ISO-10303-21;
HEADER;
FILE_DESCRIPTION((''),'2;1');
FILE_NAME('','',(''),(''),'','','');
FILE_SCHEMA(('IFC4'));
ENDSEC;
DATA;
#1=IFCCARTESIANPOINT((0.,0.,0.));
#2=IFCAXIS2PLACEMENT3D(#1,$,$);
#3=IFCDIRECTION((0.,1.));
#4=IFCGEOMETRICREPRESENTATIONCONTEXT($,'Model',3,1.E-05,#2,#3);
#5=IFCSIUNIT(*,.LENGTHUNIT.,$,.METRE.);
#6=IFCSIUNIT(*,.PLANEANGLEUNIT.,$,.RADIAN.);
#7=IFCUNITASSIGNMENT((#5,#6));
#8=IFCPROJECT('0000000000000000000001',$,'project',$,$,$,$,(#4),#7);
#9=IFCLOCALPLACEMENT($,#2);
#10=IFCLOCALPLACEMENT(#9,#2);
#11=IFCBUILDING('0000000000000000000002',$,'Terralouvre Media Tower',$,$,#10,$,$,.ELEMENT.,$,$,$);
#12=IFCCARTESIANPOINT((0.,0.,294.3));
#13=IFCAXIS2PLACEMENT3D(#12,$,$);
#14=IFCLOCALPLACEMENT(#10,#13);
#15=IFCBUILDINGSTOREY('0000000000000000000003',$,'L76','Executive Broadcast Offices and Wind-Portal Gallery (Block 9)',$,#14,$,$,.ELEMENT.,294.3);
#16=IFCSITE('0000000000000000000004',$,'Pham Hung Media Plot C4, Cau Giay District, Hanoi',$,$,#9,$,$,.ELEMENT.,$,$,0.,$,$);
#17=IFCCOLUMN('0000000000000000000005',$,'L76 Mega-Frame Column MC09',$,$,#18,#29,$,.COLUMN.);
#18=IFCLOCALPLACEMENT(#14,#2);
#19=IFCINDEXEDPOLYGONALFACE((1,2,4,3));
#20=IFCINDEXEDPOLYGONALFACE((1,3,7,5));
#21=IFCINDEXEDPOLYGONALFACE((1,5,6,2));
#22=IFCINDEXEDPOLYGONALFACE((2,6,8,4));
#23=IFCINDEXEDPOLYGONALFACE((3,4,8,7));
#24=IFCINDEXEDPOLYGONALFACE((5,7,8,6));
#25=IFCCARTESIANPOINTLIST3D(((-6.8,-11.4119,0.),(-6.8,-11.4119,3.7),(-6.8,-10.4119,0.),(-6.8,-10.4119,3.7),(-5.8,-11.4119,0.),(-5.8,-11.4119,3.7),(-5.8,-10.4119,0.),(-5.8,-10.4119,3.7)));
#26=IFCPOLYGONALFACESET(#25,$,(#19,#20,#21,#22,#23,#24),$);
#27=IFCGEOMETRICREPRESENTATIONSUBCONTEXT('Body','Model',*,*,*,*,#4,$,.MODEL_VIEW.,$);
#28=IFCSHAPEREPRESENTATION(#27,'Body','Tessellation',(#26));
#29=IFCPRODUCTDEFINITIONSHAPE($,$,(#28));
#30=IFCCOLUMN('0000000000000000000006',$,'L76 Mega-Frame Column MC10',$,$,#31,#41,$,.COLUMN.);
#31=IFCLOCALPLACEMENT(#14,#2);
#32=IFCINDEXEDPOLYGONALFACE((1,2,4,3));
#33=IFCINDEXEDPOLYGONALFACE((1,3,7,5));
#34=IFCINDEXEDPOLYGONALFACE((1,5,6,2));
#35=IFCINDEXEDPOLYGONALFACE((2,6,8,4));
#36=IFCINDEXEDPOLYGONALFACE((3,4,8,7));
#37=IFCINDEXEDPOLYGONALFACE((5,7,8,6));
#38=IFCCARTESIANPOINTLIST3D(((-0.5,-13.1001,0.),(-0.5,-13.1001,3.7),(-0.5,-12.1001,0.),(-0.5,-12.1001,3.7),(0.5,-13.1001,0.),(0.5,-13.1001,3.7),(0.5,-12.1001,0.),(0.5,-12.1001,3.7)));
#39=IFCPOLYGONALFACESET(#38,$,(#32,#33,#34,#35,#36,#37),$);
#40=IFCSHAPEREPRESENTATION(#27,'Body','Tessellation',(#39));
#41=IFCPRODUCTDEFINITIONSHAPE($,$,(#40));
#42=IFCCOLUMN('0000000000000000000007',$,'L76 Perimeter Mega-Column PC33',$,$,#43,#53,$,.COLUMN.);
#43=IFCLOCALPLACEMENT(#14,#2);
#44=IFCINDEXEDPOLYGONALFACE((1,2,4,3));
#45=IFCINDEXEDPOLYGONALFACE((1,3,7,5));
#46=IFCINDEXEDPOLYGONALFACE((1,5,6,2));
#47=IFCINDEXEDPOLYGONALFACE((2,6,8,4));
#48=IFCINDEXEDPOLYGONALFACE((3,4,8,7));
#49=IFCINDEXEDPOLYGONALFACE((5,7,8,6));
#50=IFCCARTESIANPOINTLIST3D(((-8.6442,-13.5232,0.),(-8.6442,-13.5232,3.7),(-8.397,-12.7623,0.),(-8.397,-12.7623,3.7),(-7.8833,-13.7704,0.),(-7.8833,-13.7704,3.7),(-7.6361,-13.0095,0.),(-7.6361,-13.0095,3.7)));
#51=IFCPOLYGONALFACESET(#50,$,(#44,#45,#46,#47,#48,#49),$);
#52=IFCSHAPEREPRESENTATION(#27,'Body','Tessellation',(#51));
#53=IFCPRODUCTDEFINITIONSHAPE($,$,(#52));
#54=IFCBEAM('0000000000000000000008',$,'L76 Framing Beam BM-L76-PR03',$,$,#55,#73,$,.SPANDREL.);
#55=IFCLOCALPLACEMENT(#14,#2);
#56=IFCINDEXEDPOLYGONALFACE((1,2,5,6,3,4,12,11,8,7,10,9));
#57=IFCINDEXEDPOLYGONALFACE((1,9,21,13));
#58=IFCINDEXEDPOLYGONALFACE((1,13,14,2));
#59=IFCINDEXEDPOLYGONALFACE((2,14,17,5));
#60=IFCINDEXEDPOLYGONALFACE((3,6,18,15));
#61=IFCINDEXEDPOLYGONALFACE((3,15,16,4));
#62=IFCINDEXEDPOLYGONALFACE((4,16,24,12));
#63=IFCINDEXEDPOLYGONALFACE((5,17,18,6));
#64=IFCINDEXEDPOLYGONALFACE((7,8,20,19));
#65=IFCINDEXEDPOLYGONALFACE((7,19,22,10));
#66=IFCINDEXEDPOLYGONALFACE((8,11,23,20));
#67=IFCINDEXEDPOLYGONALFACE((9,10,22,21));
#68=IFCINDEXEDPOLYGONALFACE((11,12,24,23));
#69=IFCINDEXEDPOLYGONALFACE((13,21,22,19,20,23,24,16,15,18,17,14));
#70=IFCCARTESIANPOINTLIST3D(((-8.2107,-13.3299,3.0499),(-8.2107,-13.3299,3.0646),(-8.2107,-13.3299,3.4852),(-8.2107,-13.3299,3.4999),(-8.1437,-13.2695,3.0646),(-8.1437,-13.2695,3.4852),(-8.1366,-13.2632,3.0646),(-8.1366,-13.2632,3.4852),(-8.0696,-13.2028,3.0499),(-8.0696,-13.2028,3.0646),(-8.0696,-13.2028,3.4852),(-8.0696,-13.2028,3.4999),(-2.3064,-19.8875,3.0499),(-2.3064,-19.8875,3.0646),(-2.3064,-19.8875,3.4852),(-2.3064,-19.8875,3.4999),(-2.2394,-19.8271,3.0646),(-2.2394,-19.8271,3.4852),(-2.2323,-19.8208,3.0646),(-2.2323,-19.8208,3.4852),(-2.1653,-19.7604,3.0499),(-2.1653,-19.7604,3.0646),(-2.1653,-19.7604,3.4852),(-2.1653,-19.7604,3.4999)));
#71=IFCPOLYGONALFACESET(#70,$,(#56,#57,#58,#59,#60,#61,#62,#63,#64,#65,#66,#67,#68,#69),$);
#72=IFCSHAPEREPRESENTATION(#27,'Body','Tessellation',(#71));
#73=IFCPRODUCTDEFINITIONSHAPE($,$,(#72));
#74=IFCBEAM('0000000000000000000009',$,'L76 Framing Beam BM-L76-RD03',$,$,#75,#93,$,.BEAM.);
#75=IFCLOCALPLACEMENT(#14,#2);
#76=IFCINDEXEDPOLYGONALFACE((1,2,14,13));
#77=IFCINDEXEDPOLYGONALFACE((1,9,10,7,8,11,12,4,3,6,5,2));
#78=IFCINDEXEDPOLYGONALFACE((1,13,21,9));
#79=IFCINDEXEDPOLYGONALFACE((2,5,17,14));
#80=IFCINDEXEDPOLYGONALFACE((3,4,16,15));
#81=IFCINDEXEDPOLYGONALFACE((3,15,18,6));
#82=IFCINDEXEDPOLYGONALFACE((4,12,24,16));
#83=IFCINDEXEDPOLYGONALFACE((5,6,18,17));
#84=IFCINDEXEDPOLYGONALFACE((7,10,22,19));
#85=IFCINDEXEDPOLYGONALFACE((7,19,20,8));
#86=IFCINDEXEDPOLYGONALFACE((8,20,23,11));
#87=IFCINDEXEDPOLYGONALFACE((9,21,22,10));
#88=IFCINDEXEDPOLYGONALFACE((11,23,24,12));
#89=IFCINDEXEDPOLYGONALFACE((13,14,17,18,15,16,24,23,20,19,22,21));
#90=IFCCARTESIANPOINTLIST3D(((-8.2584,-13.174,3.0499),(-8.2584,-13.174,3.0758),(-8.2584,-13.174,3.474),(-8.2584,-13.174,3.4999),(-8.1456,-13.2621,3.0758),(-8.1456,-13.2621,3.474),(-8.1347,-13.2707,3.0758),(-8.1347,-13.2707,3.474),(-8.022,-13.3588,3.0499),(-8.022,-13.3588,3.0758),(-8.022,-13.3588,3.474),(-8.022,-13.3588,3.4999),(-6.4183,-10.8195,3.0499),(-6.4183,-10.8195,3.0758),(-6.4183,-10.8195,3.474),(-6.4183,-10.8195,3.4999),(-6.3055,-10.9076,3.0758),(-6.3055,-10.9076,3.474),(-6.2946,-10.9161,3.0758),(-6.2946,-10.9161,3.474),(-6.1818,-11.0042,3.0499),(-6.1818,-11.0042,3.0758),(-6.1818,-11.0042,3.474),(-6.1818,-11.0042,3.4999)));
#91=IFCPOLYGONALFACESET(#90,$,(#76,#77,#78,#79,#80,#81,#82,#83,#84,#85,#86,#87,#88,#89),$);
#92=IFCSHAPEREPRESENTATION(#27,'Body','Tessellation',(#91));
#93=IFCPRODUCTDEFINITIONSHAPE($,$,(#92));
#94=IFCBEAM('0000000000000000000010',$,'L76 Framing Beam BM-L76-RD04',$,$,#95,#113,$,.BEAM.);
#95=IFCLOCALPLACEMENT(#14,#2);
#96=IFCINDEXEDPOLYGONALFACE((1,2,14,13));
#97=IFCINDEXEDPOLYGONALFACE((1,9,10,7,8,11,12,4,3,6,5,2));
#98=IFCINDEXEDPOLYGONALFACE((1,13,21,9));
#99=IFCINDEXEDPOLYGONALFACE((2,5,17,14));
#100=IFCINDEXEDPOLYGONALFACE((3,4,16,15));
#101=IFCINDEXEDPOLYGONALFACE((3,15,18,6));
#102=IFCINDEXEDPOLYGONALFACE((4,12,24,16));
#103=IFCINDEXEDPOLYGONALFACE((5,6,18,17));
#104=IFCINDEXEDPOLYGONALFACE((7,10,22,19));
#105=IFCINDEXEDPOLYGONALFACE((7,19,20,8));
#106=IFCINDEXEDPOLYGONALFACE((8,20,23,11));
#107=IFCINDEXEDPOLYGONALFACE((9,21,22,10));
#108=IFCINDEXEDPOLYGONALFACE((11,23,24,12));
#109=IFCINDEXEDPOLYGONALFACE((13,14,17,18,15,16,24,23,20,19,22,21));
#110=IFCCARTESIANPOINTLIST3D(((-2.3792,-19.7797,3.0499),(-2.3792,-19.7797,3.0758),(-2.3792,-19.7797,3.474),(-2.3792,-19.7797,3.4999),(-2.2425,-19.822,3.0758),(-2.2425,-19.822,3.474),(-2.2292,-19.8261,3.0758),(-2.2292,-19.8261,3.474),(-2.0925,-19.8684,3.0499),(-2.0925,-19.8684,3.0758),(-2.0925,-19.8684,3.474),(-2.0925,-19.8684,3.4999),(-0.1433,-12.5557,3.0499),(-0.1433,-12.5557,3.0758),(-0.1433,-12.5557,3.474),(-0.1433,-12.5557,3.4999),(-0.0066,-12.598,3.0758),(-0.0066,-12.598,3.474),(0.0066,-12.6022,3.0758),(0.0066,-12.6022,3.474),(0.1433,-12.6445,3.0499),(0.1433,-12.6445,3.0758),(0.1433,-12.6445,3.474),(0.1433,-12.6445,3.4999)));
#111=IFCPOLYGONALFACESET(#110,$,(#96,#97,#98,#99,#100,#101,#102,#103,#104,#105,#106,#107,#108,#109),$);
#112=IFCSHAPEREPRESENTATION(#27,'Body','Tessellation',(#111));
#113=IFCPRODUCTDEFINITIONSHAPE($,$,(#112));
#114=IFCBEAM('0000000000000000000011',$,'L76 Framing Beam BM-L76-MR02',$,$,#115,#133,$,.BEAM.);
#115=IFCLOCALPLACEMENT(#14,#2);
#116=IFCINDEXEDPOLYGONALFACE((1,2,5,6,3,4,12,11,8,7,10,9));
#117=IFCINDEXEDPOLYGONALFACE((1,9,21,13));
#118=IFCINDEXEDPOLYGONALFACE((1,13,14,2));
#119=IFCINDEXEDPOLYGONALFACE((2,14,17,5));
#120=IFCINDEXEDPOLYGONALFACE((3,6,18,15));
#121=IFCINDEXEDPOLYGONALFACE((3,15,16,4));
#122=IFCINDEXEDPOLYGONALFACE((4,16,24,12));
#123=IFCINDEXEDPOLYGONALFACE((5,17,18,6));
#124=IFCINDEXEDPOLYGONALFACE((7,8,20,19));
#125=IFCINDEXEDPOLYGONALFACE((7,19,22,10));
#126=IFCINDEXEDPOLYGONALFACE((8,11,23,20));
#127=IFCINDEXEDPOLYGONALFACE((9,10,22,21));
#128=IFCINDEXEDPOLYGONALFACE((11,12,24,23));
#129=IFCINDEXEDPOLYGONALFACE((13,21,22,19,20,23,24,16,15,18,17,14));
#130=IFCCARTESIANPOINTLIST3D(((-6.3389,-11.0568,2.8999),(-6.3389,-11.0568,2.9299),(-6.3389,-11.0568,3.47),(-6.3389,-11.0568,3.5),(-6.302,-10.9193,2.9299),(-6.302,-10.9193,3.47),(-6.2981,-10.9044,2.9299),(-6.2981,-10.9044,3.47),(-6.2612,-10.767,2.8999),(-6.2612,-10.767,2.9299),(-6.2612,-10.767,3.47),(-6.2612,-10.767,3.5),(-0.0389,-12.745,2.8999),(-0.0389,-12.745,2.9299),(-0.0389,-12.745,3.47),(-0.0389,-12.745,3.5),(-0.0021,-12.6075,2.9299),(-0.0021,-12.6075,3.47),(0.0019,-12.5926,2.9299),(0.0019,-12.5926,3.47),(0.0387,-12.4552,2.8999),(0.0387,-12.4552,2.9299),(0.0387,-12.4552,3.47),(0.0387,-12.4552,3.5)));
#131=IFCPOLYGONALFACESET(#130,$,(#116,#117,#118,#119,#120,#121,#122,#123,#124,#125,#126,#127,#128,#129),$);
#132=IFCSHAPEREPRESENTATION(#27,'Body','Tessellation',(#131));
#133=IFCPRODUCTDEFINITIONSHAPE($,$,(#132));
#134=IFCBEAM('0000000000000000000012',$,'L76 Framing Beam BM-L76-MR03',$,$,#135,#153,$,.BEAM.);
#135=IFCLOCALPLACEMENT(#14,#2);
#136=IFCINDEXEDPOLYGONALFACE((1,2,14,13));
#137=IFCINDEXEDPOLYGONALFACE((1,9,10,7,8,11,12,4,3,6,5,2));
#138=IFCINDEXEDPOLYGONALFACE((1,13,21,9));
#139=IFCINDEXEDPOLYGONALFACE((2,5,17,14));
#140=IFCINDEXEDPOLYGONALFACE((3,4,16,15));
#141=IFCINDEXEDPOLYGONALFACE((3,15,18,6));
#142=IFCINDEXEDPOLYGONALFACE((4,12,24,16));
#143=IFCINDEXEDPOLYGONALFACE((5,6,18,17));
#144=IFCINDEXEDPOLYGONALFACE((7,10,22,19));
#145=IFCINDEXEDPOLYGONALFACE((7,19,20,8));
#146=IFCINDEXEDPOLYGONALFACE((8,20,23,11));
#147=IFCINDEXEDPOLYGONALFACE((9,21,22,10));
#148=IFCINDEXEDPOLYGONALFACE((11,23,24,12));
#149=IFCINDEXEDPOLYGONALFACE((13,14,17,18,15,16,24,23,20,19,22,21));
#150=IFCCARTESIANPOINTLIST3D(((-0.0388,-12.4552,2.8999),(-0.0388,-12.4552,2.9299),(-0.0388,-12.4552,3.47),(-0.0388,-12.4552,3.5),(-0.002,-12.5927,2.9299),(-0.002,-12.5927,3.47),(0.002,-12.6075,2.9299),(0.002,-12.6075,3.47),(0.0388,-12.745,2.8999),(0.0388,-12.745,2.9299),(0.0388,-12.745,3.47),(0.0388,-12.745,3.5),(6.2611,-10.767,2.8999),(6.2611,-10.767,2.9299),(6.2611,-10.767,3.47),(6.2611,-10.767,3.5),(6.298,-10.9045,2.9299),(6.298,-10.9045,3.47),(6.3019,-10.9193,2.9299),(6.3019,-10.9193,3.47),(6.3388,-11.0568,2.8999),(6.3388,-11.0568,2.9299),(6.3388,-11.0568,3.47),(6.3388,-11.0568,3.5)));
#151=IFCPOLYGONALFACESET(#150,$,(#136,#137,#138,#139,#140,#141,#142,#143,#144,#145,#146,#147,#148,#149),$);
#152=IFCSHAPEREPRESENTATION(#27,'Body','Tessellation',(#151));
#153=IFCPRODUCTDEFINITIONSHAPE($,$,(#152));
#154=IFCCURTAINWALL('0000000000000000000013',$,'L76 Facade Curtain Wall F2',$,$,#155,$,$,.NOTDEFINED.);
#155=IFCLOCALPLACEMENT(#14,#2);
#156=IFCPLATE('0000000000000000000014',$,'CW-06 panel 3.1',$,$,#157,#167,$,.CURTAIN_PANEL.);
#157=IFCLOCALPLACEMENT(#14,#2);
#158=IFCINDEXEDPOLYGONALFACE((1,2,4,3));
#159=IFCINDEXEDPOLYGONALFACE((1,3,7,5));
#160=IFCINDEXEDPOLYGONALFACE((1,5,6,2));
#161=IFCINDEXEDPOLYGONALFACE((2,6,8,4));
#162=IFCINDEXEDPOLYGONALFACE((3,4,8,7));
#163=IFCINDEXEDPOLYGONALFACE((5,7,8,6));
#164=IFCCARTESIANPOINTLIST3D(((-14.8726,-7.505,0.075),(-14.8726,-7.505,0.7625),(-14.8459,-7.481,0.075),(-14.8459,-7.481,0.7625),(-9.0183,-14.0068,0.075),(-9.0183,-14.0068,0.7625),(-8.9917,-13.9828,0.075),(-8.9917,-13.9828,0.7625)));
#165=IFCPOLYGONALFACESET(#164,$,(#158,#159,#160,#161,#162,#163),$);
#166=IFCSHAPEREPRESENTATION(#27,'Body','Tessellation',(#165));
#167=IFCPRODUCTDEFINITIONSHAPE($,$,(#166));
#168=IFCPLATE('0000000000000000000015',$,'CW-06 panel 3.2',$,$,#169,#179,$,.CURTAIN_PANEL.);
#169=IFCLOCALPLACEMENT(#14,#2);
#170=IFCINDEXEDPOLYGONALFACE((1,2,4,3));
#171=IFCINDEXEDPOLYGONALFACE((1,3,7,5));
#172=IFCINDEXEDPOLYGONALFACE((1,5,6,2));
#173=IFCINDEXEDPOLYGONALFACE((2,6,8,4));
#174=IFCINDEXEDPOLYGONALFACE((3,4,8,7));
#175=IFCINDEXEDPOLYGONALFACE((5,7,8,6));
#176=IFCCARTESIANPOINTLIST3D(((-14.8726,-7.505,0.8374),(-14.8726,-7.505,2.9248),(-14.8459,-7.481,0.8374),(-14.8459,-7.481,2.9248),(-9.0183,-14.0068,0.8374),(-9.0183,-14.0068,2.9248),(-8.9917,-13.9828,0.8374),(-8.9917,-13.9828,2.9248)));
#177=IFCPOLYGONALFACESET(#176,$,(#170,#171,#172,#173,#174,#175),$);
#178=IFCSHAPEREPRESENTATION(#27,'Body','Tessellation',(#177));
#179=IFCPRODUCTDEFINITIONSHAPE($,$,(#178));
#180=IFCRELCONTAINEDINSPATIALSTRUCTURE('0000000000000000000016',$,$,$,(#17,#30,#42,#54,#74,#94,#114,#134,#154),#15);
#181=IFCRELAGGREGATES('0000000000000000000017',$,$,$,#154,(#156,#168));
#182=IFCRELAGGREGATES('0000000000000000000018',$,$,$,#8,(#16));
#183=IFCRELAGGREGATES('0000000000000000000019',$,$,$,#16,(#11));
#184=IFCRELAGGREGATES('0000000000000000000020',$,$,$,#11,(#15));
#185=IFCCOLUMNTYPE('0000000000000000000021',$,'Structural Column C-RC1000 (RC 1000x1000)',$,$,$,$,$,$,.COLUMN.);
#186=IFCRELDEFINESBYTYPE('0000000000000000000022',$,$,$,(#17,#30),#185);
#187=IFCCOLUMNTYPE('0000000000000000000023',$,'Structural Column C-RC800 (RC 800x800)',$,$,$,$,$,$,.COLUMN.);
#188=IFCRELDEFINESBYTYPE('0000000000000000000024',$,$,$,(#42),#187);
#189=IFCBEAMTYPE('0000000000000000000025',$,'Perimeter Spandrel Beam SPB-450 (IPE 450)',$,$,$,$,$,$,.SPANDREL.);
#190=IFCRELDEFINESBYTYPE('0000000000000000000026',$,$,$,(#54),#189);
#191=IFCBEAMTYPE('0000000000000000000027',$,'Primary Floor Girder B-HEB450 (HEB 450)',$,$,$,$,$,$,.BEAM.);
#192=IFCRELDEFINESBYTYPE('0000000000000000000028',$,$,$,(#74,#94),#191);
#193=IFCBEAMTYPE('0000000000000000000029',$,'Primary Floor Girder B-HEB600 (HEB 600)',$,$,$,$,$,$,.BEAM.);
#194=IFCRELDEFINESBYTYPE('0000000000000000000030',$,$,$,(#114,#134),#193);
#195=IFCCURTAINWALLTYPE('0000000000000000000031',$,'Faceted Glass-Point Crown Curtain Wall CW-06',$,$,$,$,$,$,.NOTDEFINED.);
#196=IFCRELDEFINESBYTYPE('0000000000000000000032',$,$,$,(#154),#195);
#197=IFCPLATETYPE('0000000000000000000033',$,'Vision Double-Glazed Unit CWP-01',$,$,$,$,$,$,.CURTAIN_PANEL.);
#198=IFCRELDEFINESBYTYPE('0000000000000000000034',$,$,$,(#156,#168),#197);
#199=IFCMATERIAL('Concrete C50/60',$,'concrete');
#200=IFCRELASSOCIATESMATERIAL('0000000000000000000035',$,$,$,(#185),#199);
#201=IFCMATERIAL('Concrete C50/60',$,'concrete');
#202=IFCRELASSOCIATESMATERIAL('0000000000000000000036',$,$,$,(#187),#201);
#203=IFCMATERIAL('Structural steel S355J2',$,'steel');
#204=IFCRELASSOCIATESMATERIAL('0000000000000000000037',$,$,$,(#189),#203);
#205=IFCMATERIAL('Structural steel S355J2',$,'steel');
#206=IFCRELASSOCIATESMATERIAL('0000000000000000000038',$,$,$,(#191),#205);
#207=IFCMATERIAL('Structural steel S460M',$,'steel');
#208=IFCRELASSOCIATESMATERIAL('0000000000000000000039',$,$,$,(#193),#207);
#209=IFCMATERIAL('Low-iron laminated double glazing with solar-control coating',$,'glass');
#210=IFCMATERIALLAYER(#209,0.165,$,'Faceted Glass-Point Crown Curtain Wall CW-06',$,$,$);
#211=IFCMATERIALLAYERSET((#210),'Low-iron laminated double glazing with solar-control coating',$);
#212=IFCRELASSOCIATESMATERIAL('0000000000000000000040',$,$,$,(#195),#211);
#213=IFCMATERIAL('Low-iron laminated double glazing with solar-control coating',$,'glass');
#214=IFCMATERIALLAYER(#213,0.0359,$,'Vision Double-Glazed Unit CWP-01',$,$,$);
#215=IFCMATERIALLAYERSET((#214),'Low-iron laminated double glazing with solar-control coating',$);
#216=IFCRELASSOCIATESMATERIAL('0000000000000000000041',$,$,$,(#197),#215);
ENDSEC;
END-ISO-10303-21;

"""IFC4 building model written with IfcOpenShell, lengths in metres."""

from ifc_helpers import new_model, si_unit, direction, frame, origin, origin_2d, place, context, subcontext, project, spatial, rectangle, i_section, extrude, material, layer, layer_set, material_profile, profile_set, type_object, element, aggregate, save


model = new_model("IFC4")

# Units and contexts
model_context = context("Model", 3, precision=1e-05, world=origin(), true_north=direction((0.0, 1.0)))
body_context = subcontext(model_context, "Body", "Model", "MODEL_VIEW")
ifc_project = project(units=[si_unit("LENGTHUNIT", "METRE"), si_unit("PLANEANGLEUNIT", "RADIAN")], contexts=[model_context])

# Site, building, storey
site_placement = place(None, origin())
site = spatial("IfcSite", under=ifc_project, at=site_placement, Name="Pham Hung Media Plot C4, Cau Giay District, Hanoi", CompositionType="ELEMENT", RefElevation=0.0)
building_placement = place(site_placement, origin())
building = spatial("IfcBuilding", under=site, at=building_placement, Name="Terralouvre Media Tower", CompositionType="ELEMENT")
storey_placement = place(building_placement, frame((0.0, 0.0, 294.3)))
storey = spatial("IfcBuildingStorey", under=building, at=storey_placement, Name="L76", Description="Executive Broadcast Offices and Wind-Portal Gallery (Block 9)", CompositionType="ELEMENT", Elevation=294.3)

# Columns
ifc_material_1 = material(Name="Concrete C50/60", Category="concrete")
ifc_material_profile_1 = material_profile(ifc_material_1, rectangle(XDim=1.0, YDim=1.0, at=origin_2d()), Name="RC 1000x1000")
ifc_profile_set_1 = profile_set([ifc_material_profile_1], Name="Concrete C50/60")
column_type_1 = type_object("IfcColumnType", Name="Structural Column C-RC1000 (RC 1000x1000)", PredefinedType="COLUMN", material=ifc_profile_set_1)
for number, where, z_axis, x_axis, name in (
    (1, (-6.3, -10.9119, 0.0), (0.0, 0.0, 1.0), (1.0, 0.0, 0.0), "L76 Mega-Frame Column MC09"),
    (2, (0.0, -12.6001, 0.0), (0.0, 0.0, 1.0), (1.0, 0.0, 0.0), "L76 Mega-Frame Column MC10"),
):
    element("IfcColumn", number, at=place(storey_placement, frame(where, z_axis=z_axis, x_axis=x_axis)), inside=storey, type_object=column_type_1, Name=name, PredefinedType="COLUMN", context=body_context, shape_type="SweptSolid", body=[
        extrude(rectangle(XDim=1.0, YDim=1.0, at=origin_2d()), origin(), (0.0, 0.0, 1.0), 3.7),
    ])
ifc_material_2 = material(Name="Concrete C50/60", Category="concrete")
ifc_material_profile_2 = material_profile(ifc_material_2, rectangle(XDim=0.8, YDim=0.8, at=origin_2d()), Name="RC 800x800")
ifc_profile_set_2 = profile_set([ifc_material_profile_2], Name="Concrete C50/60")
column_type_2 = type_object("IfcColumnType", Name="Structural Column C-RC800 (RC 800x800)", PredefinedType="COLUMN", material=ifc_profile_set_2)
column_placement = place(storey_placement, frame((-8.1401, -13.2664, 0.0), z_axis=(0.0, 0.0, 1.0), x_axis=(0.309017, 0.951057, 0.0)))
element("IfcColumn", 3, at=column_placement, inside=storey, type_object=column_type_2, Name="L76 Perimeter Mega-Column PC33", PredefinedType="COLUMN", context=body_context, shape_type="SweptSolid", body=[
    extrude(rectangle(XDim=0.8, YDim=0.8, at=origin_2d()), origin(), (0.0, 0.0, 1.0), 3.7),
])

# Beams
ifc_material_3 = material(Name="Structural steel S355J2", Category="steel")
ifc_material_profile_3 = material_profile(ifc_material_3, i_section(OverallWidth=0.1899, OverallDepth=0.45, WebThickness=0.0095, FlangeThickness=0.0146, at=origin_2d()), Name="IPE 450")
ifc_profile_set_3 = profile_set([ifc_material_profile_3], Name="Structural steel S355J2")
beam_type_1 = type_object("IfcBeamType", Name="Perimeter Spandrel Beam SPB-450 (IPE 450)", PredefinedType="SPANDREL", material=ifc_profile_set_3)
beam_1_placement = place(storey_placement, frame((-8.1401, -13.2664, 3.2749), z_axis=(0.669118, -0.743157, 0.0), x_axis=(0.743157, 0.669118, 0.0)))
element("IfcBeam", 4, at=beam_1_placement, inside=storey, type_object=beam_type_1, Name="L76 Framing Beam BM-L76-PR03", PredefinedType="SPANDREL", context=body_context, shape_type="SweptSolid", body=[
    extrude(i_section(OverallWidth=0.1899, OverallDepth=0.45, WebThickness=0.0095, FlangeThickness=0.0146, at=origin_2d()), origin(), (0.0, 0.0, 1.0), 8.824),
])
ifc_material_4 = material(Name="Structural steel S355J2", Category="steel")
ifc_material_profile_4 = material_profile(ifc_material_4, i_section(OverallWidth=0.3, OverallDepth=0.45, WebThickness=0.0139, FlangeThickness=0.0259, at=origin_2d()), Name="HEB 450")
ifc_profile_set_4 = profile_set([ifc_material_profile_4], Name="Structural steel S355J2")
beam_type_2 = type_object("IfcBeamType", Name="Primary Floor Girder B-HEB450 (HEB 450)", PredefinedType="BEAM", material=ifc_profile_set_4)
beam_2_placement = place(storey_placement, frame((-6.3, -10.9119, 3.2749), z_axis=(-0.615777, -0.78792, 0.0), x_axis=(0.78792, -0.615777, 0.0)))
element("IfcBeam", 5, at=beam_2_placement, inside=storey, type_object=beam_type_2, Name="L76 Framing Beam BM-L76-RD03", PredefinedType="BEAM", context=body_context, shape_type="SweptSolid", body=[
    extrude(i_section(OverallWidth=0.3, OverallDepth=0.45, WebThickness=0.0139, FlangeThickness=0.0259, at=origin_2d()), origin(), (0.0, 0.0, 1.0), 2.9883),
])
beam_3_placement = place(storey_placement, frame((0.0, -12.6001, 3.2749), z_axis=(-0.295669, -0.95529, 0.0), x_axis=(0.95529, -0.295669, 0.0)))
element("IfcBeam", 6, at=beam_3_placement, inside=storey, type_object=beam_type_2, Name="L76 Framing Beam BM-L76-RD04", PredefinedType="BEAM", context=body_context, shape_type="SweptSolid", body=[
    extrude(i_section(OverallWidth=0.3, OverallDepth=0.45, WebThickness=0.0139, FlangeThickness=0.0259, at=origin_2d()), origin(), (0.0, 0.0, 1.0), 7.562),
])
ifc_material_5 = material(Name="Structural steel S460M", Category="steel")
ifc_material_profile_5 = material_profile(ifc_material_5, i_section(OverallWidth=0.3, OverallDepth=0.6001, WebThickness=0.0154, FlangeThickness=0.03, at=origin_2d()), Name="HEB 600")
ifc_profile_set_5 = profile_set([ifc_material_profile_5], Name="Structural steel S460M")
beam_type_3 = type_object("IfcBeamType", Name="Primary Floor Girder B-HEB600 (HEB 600)", PredefinedType="BEAM", material=ifc_profile_set_5)
for number, where, z_axis, x_axis, name in (
    (7, (-6.3, -10.9119, 3.2), (0.96592, -0.258839, 0.0), (0.258839, 0.96592, 0.0), "L76 Framing Beam BM-L76-MR02"),
    (8, (0.0, -12.6001, 3.2), (0.96592, 0.258839, 0.0), (-0.258839, 0.96592, 0.0), "L76 Framing Beam BM-L76-MR03"),
):
    element("IfcBeam", number, at=place(storey_placement, frame(where, z_axis=z_axis, x_axis=x_axis)), inside=storey, type_object=beam_type_3, Name=name, PredefinedType="BEAM", context=body_context, shape_type="SweptSolid", body=[
        extrude(i_section(OverallWidth=0.3, OverallDepth=0.6001, WebThickness=0.0154, FlangeThickness=0.03, at=origin_2d()), origin(), (0.0, 0.0, 1.0), 6.5222),
    ])

# Curtain wall, plates
ifc_material_6 = material(Name="Low-iron laminated double glazing with solar-control coating", Category="glass")
ifc_layer_1 = layer(ifc_material_6, 0.165, Name="Faceted Glass-Point Crown Curtain Wall CW-06")
ifc_layer_set_1 = layer_set([ifc_layer_1], Name="Low-iron laminated double glazing with solar-control coating")
curtain_wall_type = type_object("IfcCurtainWallType", Name="Faceted Glass-Point Crown Curtain Wall CW-06", PredefinedType="NOTDEFINED", material=ifc_layer_set_1)
curtain_wall_placement = place(storey_placement, origin())
curtain_wall = element("IfcCurtainWall", 9, at=curtain_wall_placement, inside=storey, type_object=curtain_wall_type, Name="L76 Facade Curtain Wall F2", PredefinedType="NOTDEFINED")
ifc_material_7 = material(Name="Low-iron laminated double glazing with solar-control coating", Category="glass")
ifc_layer_2 = layer(ifc_material_7, 0.0359, Name="Vision Double-Glazed Unit CWP-01")
ifc_layer_set_2 = layer_set([ifc_layer_2], Name="Low-iron laminated double glazing with solar-control coating")
plate_type = type_object("IfcPlateType", Name="Vision Double-Glazed Unit CWP-01", PredefinedType="CURTAIN_PANEL", material=ifc_layer_set_2)
plate_1_placement = place(storey_placement, frame((-11.9321, -10.7439, 0.075), z_axis=(0.0, 0.0, 1.0), x_axis=(0.669131, -0.743145, 0.0)))
plate_1 = element("IfcPlate", 10, at=plate_1_placement, type_object=plate_type, Name="CW-06 panel 3.1", PredefinedType="CURTAIN_PANEL", context=body_context, shape_type="SweptSolid", body=[
    extrude(rectangle(XDim=8.749, YDim=0.0359, at=origin_2d()), origin(), (0.0, 0.0, 1.0), 0.6875),
])
plate_2_placement = place(storey_placement, frame((-11.9321, -10.7439, 0.8374), z_axis=(0.0, 0.0, 1.0), x_axis=(0.669131, -0.743145, 0.0)))
plate_2 = element("IfcPlate", 11, at=plate_2_placement, type_object=plate_type, Name="CW-06 panel 3.2", PredefinedType="CURTAIN_PANEL", context=body_context, shape_type="SweptSolid", body=[
    extrude(rectangle(XDim=8.749, YDim=0.0359, at=origin_2d()), origin(), (0.0, 0.0, 1.0), 2.0874),
])
aggregate(curtain_wall, [plate_1, plate_2])

save(model, "model.ifc")
